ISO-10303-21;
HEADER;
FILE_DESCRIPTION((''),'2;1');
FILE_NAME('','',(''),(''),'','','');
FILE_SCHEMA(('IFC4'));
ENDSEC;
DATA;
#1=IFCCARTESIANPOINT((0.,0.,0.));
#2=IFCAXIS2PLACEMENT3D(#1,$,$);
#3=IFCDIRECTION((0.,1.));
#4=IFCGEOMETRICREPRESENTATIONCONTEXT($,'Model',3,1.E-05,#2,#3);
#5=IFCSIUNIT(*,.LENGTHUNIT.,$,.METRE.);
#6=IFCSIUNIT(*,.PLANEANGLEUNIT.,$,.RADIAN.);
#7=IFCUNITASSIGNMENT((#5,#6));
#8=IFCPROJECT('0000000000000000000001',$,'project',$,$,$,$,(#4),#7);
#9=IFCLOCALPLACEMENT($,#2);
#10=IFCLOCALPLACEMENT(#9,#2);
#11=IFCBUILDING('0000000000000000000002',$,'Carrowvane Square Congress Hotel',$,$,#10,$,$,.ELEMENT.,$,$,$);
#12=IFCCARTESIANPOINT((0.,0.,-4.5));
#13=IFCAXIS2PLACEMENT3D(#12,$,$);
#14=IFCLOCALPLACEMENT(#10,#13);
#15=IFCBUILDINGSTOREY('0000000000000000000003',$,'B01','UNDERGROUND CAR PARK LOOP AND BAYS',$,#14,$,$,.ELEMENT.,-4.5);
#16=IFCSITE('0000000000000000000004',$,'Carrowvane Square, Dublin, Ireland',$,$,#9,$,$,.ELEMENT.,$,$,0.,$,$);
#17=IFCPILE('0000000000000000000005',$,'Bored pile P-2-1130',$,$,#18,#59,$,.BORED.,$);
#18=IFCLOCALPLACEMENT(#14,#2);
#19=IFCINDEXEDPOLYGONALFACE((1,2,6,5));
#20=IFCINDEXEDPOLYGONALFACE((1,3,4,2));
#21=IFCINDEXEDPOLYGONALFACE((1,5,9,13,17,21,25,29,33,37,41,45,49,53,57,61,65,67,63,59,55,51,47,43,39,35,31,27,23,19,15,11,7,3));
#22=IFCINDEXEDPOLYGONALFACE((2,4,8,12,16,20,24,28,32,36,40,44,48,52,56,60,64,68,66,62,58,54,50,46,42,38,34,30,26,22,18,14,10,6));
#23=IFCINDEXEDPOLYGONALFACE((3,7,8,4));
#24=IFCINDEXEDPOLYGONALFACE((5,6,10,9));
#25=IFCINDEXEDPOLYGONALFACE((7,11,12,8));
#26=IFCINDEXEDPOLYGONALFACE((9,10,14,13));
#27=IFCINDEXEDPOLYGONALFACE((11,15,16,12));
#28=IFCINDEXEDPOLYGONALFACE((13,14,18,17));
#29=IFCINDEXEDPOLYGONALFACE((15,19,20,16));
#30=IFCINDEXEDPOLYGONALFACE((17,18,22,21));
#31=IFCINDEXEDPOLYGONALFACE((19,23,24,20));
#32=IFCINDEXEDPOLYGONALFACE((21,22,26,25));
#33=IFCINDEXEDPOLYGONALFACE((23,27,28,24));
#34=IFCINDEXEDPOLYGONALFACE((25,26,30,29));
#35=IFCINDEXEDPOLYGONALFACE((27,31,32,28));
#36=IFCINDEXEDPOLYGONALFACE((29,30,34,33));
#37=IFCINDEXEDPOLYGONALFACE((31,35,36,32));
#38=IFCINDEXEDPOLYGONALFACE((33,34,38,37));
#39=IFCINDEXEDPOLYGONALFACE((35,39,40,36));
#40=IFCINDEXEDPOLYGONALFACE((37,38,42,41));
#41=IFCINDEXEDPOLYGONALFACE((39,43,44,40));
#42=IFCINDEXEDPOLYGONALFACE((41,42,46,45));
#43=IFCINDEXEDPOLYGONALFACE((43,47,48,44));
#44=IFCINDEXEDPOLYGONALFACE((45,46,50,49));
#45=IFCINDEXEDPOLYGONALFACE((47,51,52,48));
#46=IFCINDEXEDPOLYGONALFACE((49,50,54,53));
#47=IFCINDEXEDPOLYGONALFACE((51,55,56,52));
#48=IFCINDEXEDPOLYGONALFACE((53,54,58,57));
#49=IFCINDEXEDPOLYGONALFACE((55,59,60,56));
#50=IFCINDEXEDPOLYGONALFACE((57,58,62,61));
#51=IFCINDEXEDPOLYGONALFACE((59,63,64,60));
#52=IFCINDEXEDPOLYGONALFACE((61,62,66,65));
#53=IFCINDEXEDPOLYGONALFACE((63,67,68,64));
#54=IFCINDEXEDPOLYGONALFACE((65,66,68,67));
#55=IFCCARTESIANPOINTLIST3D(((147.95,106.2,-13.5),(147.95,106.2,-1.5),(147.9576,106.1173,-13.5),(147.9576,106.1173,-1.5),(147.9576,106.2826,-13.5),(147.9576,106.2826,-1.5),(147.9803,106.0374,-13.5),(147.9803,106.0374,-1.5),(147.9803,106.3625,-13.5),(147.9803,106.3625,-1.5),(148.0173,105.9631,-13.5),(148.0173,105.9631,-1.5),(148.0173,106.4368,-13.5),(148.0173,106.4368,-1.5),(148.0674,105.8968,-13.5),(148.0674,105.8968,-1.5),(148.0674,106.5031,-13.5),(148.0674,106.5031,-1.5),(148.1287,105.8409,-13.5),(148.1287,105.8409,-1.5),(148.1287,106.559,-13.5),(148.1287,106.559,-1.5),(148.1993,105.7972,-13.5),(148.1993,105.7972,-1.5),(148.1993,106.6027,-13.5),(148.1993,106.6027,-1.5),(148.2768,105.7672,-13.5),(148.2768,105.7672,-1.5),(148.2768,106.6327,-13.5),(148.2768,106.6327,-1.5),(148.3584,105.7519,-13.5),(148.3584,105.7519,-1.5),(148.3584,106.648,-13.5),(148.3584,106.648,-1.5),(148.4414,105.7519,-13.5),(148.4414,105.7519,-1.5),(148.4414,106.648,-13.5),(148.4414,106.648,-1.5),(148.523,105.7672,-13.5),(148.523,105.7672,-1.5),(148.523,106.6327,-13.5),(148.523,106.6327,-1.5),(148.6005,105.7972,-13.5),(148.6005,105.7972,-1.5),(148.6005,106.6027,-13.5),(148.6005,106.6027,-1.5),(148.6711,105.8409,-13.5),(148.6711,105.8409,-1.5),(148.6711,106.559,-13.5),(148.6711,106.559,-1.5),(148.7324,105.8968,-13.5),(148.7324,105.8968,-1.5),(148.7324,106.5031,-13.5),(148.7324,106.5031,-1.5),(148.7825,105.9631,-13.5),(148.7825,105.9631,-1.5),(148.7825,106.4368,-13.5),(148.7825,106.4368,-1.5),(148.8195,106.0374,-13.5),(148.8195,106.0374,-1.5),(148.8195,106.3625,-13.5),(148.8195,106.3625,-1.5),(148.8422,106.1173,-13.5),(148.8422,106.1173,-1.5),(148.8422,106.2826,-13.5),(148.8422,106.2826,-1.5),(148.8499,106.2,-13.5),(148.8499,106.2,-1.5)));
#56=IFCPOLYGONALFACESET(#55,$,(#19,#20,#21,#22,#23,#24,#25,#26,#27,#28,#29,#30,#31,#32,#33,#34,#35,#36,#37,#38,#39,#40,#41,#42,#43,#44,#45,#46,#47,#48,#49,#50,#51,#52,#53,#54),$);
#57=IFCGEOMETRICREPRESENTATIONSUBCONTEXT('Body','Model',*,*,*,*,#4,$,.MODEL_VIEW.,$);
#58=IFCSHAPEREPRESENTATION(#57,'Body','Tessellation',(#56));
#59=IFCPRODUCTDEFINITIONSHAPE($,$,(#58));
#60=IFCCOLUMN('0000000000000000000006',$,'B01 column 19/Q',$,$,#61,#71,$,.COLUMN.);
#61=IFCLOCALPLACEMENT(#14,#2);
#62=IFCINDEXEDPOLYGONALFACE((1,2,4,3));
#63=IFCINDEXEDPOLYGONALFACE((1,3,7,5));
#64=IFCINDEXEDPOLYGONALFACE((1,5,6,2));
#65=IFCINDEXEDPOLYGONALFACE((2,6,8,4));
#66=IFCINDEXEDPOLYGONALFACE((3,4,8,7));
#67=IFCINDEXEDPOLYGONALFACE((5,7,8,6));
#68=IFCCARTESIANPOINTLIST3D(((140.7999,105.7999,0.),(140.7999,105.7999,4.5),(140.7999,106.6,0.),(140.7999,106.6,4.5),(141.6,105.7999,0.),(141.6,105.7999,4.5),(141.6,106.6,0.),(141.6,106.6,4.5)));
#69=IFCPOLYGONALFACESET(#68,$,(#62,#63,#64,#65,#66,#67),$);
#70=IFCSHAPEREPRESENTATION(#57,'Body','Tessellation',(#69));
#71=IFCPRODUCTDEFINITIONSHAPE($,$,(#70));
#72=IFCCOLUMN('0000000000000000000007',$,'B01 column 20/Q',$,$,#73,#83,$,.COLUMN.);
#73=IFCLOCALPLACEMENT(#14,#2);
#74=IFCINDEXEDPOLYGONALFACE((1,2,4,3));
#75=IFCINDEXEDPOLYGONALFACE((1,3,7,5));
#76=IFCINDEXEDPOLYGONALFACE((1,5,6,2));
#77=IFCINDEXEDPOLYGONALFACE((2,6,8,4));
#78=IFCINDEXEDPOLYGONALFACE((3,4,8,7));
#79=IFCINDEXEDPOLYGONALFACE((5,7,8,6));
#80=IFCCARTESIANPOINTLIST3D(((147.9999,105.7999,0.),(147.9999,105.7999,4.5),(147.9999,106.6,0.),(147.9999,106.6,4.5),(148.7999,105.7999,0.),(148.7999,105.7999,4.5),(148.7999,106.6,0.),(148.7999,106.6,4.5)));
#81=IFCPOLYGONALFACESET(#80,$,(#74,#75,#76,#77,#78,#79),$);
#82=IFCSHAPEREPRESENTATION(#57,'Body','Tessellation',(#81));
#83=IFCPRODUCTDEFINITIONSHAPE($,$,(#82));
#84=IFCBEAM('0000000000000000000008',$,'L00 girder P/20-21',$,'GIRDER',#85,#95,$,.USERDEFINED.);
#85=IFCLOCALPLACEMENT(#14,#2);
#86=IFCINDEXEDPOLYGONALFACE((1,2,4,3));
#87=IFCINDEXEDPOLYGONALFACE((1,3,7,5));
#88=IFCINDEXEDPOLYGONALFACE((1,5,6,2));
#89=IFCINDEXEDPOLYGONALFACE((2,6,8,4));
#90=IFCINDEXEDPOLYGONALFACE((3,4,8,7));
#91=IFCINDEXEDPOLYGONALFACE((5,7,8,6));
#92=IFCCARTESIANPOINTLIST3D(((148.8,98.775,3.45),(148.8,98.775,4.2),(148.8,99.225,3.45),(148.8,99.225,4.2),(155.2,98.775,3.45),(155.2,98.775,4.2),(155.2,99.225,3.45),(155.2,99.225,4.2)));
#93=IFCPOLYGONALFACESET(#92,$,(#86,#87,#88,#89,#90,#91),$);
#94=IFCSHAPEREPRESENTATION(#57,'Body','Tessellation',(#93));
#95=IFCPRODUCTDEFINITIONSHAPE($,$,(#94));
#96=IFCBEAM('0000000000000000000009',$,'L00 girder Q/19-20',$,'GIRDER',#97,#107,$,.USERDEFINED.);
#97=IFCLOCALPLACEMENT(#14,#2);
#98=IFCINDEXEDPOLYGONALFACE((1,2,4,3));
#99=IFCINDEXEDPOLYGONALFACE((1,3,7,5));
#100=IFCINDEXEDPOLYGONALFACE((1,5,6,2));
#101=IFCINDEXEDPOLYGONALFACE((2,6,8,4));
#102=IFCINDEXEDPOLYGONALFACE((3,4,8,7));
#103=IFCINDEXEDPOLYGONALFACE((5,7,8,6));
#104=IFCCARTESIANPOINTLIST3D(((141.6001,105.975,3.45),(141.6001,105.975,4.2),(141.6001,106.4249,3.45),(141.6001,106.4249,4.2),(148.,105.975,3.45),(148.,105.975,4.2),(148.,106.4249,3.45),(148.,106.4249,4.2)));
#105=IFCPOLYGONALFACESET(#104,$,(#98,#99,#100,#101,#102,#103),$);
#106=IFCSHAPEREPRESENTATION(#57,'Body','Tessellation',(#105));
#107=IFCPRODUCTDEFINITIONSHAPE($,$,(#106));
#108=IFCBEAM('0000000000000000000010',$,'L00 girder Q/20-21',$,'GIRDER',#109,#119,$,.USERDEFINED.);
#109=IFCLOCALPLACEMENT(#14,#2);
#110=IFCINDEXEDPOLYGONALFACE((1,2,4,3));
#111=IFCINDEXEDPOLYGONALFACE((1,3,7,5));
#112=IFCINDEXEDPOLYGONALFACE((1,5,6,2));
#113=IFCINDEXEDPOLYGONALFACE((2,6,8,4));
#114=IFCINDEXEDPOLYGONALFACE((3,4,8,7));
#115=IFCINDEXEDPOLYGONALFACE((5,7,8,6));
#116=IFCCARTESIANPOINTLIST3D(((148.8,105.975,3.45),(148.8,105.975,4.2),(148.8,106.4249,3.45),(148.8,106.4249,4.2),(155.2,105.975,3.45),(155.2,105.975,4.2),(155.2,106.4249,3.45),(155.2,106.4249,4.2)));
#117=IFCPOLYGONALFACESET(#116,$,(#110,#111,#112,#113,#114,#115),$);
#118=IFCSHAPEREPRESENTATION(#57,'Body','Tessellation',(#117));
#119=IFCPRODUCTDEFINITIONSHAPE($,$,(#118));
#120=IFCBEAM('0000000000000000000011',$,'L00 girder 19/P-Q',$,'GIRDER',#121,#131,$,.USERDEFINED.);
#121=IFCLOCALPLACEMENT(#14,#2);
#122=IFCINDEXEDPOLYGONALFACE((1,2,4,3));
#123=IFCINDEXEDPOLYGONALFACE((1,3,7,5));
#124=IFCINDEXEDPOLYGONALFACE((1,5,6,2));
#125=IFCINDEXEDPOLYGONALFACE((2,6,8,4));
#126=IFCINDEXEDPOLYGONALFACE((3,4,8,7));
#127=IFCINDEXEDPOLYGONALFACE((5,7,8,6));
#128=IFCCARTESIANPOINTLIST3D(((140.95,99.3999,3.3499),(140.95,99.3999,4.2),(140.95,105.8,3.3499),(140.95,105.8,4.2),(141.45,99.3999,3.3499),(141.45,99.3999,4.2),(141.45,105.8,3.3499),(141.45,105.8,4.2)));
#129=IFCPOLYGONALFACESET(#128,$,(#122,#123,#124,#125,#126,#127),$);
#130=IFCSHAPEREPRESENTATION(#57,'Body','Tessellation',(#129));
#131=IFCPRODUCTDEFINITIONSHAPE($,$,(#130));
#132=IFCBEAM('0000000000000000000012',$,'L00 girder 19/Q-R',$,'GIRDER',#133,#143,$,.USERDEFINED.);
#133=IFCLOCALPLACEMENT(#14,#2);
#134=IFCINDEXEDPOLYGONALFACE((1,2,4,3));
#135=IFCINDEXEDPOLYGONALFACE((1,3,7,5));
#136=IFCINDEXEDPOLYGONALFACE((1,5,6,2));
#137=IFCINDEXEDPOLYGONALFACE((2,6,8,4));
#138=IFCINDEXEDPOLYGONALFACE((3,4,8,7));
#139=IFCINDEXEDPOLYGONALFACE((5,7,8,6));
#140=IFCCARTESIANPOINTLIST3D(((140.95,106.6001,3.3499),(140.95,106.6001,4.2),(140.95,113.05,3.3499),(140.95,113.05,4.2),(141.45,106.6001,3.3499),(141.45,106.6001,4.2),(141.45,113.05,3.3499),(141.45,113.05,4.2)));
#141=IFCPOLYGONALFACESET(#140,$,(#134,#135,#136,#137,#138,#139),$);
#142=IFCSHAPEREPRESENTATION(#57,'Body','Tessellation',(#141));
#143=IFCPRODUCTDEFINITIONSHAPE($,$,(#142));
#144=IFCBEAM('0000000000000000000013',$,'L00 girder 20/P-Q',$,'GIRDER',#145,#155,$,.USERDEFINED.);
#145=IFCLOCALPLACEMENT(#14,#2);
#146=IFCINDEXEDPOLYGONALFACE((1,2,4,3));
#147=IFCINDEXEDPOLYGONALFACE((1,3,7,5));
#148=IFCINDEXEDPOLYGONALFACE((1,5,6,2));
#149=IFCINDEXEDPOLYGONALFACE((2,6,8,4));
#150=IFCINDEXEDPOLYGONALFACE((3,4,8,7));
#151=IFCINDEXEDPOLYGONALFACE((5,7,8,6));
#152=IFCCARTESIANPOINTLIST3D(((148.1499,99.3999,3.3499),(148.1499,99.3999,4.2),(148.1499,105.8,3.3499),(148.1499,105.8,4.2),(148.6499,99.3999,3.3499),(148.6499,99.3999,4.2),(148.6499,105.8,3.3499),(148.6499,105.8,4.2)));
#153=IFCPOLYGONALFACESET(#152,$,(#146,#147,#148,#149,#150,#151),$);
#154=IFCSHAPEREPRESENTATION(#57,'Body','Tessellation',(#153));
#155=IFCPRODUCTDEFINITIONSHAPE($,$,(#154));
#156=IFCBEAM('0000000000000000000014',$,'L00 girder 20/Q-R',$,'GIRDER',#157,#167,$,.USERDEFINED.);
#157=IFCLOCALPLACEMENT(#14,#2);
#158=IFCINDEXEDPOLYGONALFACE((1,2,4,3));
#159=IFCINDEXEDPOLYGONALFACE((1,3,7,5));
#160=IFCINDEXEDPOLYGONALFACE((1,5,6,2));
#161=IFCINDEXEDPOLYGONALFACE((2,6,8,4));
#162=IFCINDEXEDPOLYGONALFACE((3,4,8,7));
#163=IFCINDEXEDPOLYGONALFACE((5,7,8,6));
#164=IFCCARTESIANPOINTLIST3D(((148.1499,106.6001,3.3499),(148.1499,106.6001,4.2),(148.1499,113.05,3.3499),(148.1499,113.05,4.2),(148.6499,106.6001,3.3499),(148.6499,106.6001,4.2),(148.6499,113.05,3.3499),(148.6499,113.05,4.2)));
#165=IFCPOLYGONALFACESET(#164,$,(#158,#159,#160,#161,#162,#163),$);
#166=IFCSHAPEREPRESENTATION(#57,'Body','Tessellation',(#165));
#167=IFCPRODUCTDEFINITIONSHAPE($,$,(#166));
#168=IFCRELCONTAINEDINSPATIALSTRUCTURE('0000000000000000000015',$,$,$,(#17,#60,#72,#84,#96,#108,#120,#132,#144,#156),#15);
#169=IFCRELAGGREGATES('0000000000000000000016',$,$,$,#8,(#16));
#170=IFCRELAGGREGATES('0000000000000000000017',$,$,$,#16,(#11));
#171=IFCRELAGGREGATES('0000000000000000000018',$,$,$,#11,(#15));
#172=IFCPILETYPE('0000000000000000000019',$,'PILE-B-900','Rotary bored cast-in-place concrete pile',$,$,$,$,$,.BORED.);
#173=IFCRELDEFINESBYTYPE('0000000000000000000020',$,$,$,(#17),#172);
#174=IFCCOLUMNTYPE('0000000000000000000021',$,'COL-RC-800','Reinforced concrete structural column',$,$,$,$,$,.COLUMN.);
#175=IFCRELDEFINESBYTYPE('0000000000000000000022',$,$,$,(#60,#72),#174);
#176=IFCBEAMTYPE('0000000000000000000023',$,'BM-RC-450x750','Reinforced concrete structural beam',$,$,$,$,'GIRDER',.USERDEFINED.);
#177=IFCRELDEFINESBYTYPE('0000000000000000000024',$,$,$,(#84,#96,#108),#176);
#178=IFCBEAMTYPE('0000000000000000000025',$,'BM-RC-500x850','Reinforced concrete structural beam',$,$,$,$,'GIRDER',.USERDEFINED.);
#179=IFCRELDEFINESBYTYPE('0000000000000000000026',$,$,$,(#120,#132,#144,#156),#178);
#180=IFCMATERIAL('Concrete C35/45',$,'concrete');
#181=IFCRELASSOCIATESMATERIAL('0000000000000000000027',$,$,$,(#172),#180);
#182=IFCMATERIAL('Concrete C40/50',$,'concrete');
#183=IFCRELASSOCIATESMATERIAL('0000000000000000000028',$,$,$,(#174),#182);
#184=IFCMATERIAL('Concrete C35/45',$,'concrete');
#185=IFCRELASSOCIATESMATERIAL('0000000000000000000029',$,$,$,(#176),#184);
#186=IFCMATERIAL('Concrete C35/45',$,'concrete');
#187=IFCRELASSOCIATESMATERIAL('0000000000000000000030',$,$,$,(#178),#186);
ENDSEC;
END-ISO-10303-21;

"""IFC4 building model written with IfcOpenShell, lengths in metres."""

from ifc_helpers import new_model, si_unit, direction, frame, origin, origin_2d, place, context, subcontext, project, spatial, rectangle, circle, extrude, material, material_profile, profile_set, type_object, element, save


model = new_model("IFC4")

# Units and contexts
model_context = context("Model", 3, precision=1e-05, world=origin(), true_north=direction((0.0, 1.0)))
body_context = subcontext(model_context, "Body", "Model", "MODEL_VIEW")
ifc_project = project(units=[si_unit("LENGTHUNIT", "METRE"), si_unit("PLANEANGLEUNIT", "RADIAN")], contexts=[model_context])

# Site, building, storey
site_placement = place(None, origin())
site = spatial("IfcSite", under=ifc_project, at=site_placement, Name="Carrowvane Square, Dublin, Ireland", CompositionType="ELEMENT", RefElevation=0.0)
building_placement = place(site_placement, origin())
building = spatial("IfcBuilding", under=site, at=building_placement, Name="Carrowvane Square Congress Hotel", CompositionType="ELEMENT")
storey_placement = place(building_placement, frame((0.0, 0.0, -4.5)))
storey = spatial("IfcBuildingStorey", under=building, at=storey_placement, Name="B01", Description="UNDERGROUND CAR PARK LOOP AND BAYS", CompositionType="ELEMENT", Elevation=-4.5)

# Pile
ifc_material_1 = material(Name="Concrete C35/45", Category="concrete")
ifc_material_profile_1 = material_profile(ifc_material_1, circle(Radius=0.45, at=origin_2d()), Name="PILE D900")
ifc_profile_set_1 = profile_set([ifc_material_profile_1], Name="Concrete C35/45")
pile_type = type_object("IfcPileType", Name="PILE-B-900", Description="Rotary bored cast-in-place concrete pile", PredefinedType="BORED", material=ifc_profile_set_1)
for number, where, z_axis, x_axis, name in (
    (1, (148.3999, 106.2, -1.5), (0.0, 0.0, -1.0), (1.0, 0.0, 0.0), "Bored pile P-2-1130"),
):
    element("IfcPile", number, at=place(storey_placement, frame(where, z_axis=z_axis, x_axis=x_axis)), inside=storey, type_object=pile_type, Name=name, PredefinedType="BORED", context=body_context, shape_type="SweptSolid", body=[
        extrude(circle(Radius=0.45, at=origin_2d()), origin(), (0.0, 0.0, 1.0), 12.0),
    ])

# Columns
ifc_material_2 = material(Name="Concrete C40/50", Category="concrete")
ifc_material_profile_2 = material_profile(ifc_material_2, rectangle(XDim=0.8, YDim=0.8, at=origin_2d()), Name="RC 800x800")
ifc_profile_set_2 = profile_set([ifc_material_profile_2], Name="Concrete C40/50")
column_type = type_object("IfcColumnType", Name="COL-RC-800", Description="Reinforced concrete structural column", PredefinedType="COLUMN", material=ifc_profile_set_2)
for number, where, z_axis, x_axis, name in (
    (2, (141.2, 106.2, 0.0), (0.0, 0.0, 1.0), (1.0, 0.0, 0.0), "B01 column 19/Q"),
    (3, (148.3999, 106.2, 0.0), (0.0, 0.0, 1.0), (1.0, 0.0, 0.0), "B01 column 20/Q"),
):
    element("IfcColumn", number, at=place(storey_placement, frame(where, z_axis=z_axis, x_axis=x_axis)), inside=storey, type_object=column_type, Name=name, PredefinedType="COLUMN", context=body_context, shape_type="SweptSolid", body=[
        extrude(rectangle(XDim=0.8, YDim=0.8, at=origin_2d()), origin(), (0.0, 0.0, 1.0), 4.5),
    ])

# Beams
ifc_material_3 = material(Name="Concrete C35/45", Category="concrete")
ifc_material_profile_3 = material_profile(ifc_material_3, rectangle(XDim=0.45, YDim=0.75, at=origin_2d()), Name="RC 450x750")
ifc_profile_set_3 = profile_set([ifc_material_profile_3], Name="Concrete C35/45")
beam_type_1 = type_object("IfcBeamType", Name="BM-RC-450x750", Description="Reinforced concrete structural beam", ElementType="GIRDER", PredefinedType="USERDEFINED", material=ifc_profile_set_3)
for number, where, z_axis, x_axis, name in (
    (4, (148.8, 99.0, 3.825), (1.0, 0.0, 0.0), (0.0, 1.0, 0.0), "L00 girder P/20-21"),
    (5, (141.6001, 106.2, 3.825), (1.0, 0.0, 0.0), (0.0, 1.0, 0.0), "L00 girder Q/19-20"),
    (6, (148.8, 106.2, 3.825), (1.0, 0.0, 0.0), (0.0, 1.0, 0.0), "L00 girder Q/20-21"),
):
    element("IfcBeam", number, at=place(storey_placement, frame(where, z_axis=z_axis, x_axis=x_axis)), inside=storey, type_object=beam_type_1, Name=name, ObjectType="GIRDER", PredefinedType="USERDEFINED", context=body_context, shape_type="SweptSolid", body=[
        extrude(rectangle(XDim=0.45, YDim=0.75, at=origin_2d()), origin(), (0.0, 0.0, 1.0), 6.3999),
    ])
ifc_material_4 = material(Name="Concrete C35/45", Category="concrete")
ifc_material_profile_4 = material_profile(ifc_material_4, rectangle(XDim=0.5, YDim=0.8501, at=origin_2d()), Name="RC 500x850")
ifc_profile_set_4 = profile_set([ifc_material_profile_4], Name="Concrete C35/45")
beam_type_2 = type_object("IfcBeamType", Name="BM-RC-500x850", Description="Reinforced concrete structural beam", ElementType="GIRDER", PredefinedType="USERDEFINED", material=ifc_profile_set_4)
beam_1_placement = place(storey_placement, frame((141.2, 99.3999, 3.7749), z_axis=(0.0, 1.0, 0.0), x_axis=(-1.0, 0.0, 0.0)))
element("IfcBeam", 7, at=beam_1_placement, inside=storey, type_object=beam_type_2, Name="L00 girder 19/P-Q", ObjectType="GIRDER", PredefinedType="USERDEFINED", context=body_context, shape_type="SweptSolid", body=[
    extrude(rectangle(XDim=0.5, YDim=0.8501, at=origin_2d()), origin(), (0.0, 0.0, 1.0), 6.4001),
])
beam_2_placement = place(storey_placement, frame((141.2, 106.6001, 3.7749), z_axis=(0.0, 1.0, 0.0), x_axis=(-1.0, 0.0, 0.0)))
element("IfcBeam", 8, at=beam_2_placement, inside=storey, type_object=beam_type_2, Name="L00 girder 19/Q-R", ObjectType="GIRDER", PredefinedType="USERDEFINED", context=body_context, shape_type="SweptSolid", body=[
    extrude(rectangle(XDim=0.5, YDim=0.8501, at=origin_2d()), origin(), (0.0, 0.0, 1.0), 6.45),
])
beam_3_placement = place(storey_placement, frame((148.3999, 99.3999, 3.7749), z_axis=(0.0, 1.0, 0.0), x_axis=(-1.0, 0.0, 0.0)))
element("IfcBeam", 9, at=beam_3_placement, inside=storey, type_object=beam_type_2, Name="L00 girder 20/P-Q", ObjectType="GIRDER", PredefinedType="USERDEFINED", context=body_context, shape_type="SweptSolid", body=[
    extrude(rectangle(XDim=0.5, YDim=0.8501, at=origin_2d()), origin(), (0.0, 0.0, 1.0), 6.4001),
])
beam_4_placement = place(storey_placement, frame((148.3999, 106.6001, 3.7749), z_axis=(0.0, 1.0, 0.0), x_axis=(-1.0, 0.0, 0.0)))
element("IfcBeam", 10, at=beam_4_placement, inside=storey, type_object=beam_type_2, Name="L00 girder 20/Q-R", ObjectType="GIRDER", PredefinedType="USERDEFINED", context=body_context, shape_type="SweptSolid", body=[
    extrude(rectangle(XDim=0.5, YDim=0.8501, at=origin_2d()), origin(), (0.0, 0.0, 1.0), 6.45),
])

save(model, "model.ifc")
